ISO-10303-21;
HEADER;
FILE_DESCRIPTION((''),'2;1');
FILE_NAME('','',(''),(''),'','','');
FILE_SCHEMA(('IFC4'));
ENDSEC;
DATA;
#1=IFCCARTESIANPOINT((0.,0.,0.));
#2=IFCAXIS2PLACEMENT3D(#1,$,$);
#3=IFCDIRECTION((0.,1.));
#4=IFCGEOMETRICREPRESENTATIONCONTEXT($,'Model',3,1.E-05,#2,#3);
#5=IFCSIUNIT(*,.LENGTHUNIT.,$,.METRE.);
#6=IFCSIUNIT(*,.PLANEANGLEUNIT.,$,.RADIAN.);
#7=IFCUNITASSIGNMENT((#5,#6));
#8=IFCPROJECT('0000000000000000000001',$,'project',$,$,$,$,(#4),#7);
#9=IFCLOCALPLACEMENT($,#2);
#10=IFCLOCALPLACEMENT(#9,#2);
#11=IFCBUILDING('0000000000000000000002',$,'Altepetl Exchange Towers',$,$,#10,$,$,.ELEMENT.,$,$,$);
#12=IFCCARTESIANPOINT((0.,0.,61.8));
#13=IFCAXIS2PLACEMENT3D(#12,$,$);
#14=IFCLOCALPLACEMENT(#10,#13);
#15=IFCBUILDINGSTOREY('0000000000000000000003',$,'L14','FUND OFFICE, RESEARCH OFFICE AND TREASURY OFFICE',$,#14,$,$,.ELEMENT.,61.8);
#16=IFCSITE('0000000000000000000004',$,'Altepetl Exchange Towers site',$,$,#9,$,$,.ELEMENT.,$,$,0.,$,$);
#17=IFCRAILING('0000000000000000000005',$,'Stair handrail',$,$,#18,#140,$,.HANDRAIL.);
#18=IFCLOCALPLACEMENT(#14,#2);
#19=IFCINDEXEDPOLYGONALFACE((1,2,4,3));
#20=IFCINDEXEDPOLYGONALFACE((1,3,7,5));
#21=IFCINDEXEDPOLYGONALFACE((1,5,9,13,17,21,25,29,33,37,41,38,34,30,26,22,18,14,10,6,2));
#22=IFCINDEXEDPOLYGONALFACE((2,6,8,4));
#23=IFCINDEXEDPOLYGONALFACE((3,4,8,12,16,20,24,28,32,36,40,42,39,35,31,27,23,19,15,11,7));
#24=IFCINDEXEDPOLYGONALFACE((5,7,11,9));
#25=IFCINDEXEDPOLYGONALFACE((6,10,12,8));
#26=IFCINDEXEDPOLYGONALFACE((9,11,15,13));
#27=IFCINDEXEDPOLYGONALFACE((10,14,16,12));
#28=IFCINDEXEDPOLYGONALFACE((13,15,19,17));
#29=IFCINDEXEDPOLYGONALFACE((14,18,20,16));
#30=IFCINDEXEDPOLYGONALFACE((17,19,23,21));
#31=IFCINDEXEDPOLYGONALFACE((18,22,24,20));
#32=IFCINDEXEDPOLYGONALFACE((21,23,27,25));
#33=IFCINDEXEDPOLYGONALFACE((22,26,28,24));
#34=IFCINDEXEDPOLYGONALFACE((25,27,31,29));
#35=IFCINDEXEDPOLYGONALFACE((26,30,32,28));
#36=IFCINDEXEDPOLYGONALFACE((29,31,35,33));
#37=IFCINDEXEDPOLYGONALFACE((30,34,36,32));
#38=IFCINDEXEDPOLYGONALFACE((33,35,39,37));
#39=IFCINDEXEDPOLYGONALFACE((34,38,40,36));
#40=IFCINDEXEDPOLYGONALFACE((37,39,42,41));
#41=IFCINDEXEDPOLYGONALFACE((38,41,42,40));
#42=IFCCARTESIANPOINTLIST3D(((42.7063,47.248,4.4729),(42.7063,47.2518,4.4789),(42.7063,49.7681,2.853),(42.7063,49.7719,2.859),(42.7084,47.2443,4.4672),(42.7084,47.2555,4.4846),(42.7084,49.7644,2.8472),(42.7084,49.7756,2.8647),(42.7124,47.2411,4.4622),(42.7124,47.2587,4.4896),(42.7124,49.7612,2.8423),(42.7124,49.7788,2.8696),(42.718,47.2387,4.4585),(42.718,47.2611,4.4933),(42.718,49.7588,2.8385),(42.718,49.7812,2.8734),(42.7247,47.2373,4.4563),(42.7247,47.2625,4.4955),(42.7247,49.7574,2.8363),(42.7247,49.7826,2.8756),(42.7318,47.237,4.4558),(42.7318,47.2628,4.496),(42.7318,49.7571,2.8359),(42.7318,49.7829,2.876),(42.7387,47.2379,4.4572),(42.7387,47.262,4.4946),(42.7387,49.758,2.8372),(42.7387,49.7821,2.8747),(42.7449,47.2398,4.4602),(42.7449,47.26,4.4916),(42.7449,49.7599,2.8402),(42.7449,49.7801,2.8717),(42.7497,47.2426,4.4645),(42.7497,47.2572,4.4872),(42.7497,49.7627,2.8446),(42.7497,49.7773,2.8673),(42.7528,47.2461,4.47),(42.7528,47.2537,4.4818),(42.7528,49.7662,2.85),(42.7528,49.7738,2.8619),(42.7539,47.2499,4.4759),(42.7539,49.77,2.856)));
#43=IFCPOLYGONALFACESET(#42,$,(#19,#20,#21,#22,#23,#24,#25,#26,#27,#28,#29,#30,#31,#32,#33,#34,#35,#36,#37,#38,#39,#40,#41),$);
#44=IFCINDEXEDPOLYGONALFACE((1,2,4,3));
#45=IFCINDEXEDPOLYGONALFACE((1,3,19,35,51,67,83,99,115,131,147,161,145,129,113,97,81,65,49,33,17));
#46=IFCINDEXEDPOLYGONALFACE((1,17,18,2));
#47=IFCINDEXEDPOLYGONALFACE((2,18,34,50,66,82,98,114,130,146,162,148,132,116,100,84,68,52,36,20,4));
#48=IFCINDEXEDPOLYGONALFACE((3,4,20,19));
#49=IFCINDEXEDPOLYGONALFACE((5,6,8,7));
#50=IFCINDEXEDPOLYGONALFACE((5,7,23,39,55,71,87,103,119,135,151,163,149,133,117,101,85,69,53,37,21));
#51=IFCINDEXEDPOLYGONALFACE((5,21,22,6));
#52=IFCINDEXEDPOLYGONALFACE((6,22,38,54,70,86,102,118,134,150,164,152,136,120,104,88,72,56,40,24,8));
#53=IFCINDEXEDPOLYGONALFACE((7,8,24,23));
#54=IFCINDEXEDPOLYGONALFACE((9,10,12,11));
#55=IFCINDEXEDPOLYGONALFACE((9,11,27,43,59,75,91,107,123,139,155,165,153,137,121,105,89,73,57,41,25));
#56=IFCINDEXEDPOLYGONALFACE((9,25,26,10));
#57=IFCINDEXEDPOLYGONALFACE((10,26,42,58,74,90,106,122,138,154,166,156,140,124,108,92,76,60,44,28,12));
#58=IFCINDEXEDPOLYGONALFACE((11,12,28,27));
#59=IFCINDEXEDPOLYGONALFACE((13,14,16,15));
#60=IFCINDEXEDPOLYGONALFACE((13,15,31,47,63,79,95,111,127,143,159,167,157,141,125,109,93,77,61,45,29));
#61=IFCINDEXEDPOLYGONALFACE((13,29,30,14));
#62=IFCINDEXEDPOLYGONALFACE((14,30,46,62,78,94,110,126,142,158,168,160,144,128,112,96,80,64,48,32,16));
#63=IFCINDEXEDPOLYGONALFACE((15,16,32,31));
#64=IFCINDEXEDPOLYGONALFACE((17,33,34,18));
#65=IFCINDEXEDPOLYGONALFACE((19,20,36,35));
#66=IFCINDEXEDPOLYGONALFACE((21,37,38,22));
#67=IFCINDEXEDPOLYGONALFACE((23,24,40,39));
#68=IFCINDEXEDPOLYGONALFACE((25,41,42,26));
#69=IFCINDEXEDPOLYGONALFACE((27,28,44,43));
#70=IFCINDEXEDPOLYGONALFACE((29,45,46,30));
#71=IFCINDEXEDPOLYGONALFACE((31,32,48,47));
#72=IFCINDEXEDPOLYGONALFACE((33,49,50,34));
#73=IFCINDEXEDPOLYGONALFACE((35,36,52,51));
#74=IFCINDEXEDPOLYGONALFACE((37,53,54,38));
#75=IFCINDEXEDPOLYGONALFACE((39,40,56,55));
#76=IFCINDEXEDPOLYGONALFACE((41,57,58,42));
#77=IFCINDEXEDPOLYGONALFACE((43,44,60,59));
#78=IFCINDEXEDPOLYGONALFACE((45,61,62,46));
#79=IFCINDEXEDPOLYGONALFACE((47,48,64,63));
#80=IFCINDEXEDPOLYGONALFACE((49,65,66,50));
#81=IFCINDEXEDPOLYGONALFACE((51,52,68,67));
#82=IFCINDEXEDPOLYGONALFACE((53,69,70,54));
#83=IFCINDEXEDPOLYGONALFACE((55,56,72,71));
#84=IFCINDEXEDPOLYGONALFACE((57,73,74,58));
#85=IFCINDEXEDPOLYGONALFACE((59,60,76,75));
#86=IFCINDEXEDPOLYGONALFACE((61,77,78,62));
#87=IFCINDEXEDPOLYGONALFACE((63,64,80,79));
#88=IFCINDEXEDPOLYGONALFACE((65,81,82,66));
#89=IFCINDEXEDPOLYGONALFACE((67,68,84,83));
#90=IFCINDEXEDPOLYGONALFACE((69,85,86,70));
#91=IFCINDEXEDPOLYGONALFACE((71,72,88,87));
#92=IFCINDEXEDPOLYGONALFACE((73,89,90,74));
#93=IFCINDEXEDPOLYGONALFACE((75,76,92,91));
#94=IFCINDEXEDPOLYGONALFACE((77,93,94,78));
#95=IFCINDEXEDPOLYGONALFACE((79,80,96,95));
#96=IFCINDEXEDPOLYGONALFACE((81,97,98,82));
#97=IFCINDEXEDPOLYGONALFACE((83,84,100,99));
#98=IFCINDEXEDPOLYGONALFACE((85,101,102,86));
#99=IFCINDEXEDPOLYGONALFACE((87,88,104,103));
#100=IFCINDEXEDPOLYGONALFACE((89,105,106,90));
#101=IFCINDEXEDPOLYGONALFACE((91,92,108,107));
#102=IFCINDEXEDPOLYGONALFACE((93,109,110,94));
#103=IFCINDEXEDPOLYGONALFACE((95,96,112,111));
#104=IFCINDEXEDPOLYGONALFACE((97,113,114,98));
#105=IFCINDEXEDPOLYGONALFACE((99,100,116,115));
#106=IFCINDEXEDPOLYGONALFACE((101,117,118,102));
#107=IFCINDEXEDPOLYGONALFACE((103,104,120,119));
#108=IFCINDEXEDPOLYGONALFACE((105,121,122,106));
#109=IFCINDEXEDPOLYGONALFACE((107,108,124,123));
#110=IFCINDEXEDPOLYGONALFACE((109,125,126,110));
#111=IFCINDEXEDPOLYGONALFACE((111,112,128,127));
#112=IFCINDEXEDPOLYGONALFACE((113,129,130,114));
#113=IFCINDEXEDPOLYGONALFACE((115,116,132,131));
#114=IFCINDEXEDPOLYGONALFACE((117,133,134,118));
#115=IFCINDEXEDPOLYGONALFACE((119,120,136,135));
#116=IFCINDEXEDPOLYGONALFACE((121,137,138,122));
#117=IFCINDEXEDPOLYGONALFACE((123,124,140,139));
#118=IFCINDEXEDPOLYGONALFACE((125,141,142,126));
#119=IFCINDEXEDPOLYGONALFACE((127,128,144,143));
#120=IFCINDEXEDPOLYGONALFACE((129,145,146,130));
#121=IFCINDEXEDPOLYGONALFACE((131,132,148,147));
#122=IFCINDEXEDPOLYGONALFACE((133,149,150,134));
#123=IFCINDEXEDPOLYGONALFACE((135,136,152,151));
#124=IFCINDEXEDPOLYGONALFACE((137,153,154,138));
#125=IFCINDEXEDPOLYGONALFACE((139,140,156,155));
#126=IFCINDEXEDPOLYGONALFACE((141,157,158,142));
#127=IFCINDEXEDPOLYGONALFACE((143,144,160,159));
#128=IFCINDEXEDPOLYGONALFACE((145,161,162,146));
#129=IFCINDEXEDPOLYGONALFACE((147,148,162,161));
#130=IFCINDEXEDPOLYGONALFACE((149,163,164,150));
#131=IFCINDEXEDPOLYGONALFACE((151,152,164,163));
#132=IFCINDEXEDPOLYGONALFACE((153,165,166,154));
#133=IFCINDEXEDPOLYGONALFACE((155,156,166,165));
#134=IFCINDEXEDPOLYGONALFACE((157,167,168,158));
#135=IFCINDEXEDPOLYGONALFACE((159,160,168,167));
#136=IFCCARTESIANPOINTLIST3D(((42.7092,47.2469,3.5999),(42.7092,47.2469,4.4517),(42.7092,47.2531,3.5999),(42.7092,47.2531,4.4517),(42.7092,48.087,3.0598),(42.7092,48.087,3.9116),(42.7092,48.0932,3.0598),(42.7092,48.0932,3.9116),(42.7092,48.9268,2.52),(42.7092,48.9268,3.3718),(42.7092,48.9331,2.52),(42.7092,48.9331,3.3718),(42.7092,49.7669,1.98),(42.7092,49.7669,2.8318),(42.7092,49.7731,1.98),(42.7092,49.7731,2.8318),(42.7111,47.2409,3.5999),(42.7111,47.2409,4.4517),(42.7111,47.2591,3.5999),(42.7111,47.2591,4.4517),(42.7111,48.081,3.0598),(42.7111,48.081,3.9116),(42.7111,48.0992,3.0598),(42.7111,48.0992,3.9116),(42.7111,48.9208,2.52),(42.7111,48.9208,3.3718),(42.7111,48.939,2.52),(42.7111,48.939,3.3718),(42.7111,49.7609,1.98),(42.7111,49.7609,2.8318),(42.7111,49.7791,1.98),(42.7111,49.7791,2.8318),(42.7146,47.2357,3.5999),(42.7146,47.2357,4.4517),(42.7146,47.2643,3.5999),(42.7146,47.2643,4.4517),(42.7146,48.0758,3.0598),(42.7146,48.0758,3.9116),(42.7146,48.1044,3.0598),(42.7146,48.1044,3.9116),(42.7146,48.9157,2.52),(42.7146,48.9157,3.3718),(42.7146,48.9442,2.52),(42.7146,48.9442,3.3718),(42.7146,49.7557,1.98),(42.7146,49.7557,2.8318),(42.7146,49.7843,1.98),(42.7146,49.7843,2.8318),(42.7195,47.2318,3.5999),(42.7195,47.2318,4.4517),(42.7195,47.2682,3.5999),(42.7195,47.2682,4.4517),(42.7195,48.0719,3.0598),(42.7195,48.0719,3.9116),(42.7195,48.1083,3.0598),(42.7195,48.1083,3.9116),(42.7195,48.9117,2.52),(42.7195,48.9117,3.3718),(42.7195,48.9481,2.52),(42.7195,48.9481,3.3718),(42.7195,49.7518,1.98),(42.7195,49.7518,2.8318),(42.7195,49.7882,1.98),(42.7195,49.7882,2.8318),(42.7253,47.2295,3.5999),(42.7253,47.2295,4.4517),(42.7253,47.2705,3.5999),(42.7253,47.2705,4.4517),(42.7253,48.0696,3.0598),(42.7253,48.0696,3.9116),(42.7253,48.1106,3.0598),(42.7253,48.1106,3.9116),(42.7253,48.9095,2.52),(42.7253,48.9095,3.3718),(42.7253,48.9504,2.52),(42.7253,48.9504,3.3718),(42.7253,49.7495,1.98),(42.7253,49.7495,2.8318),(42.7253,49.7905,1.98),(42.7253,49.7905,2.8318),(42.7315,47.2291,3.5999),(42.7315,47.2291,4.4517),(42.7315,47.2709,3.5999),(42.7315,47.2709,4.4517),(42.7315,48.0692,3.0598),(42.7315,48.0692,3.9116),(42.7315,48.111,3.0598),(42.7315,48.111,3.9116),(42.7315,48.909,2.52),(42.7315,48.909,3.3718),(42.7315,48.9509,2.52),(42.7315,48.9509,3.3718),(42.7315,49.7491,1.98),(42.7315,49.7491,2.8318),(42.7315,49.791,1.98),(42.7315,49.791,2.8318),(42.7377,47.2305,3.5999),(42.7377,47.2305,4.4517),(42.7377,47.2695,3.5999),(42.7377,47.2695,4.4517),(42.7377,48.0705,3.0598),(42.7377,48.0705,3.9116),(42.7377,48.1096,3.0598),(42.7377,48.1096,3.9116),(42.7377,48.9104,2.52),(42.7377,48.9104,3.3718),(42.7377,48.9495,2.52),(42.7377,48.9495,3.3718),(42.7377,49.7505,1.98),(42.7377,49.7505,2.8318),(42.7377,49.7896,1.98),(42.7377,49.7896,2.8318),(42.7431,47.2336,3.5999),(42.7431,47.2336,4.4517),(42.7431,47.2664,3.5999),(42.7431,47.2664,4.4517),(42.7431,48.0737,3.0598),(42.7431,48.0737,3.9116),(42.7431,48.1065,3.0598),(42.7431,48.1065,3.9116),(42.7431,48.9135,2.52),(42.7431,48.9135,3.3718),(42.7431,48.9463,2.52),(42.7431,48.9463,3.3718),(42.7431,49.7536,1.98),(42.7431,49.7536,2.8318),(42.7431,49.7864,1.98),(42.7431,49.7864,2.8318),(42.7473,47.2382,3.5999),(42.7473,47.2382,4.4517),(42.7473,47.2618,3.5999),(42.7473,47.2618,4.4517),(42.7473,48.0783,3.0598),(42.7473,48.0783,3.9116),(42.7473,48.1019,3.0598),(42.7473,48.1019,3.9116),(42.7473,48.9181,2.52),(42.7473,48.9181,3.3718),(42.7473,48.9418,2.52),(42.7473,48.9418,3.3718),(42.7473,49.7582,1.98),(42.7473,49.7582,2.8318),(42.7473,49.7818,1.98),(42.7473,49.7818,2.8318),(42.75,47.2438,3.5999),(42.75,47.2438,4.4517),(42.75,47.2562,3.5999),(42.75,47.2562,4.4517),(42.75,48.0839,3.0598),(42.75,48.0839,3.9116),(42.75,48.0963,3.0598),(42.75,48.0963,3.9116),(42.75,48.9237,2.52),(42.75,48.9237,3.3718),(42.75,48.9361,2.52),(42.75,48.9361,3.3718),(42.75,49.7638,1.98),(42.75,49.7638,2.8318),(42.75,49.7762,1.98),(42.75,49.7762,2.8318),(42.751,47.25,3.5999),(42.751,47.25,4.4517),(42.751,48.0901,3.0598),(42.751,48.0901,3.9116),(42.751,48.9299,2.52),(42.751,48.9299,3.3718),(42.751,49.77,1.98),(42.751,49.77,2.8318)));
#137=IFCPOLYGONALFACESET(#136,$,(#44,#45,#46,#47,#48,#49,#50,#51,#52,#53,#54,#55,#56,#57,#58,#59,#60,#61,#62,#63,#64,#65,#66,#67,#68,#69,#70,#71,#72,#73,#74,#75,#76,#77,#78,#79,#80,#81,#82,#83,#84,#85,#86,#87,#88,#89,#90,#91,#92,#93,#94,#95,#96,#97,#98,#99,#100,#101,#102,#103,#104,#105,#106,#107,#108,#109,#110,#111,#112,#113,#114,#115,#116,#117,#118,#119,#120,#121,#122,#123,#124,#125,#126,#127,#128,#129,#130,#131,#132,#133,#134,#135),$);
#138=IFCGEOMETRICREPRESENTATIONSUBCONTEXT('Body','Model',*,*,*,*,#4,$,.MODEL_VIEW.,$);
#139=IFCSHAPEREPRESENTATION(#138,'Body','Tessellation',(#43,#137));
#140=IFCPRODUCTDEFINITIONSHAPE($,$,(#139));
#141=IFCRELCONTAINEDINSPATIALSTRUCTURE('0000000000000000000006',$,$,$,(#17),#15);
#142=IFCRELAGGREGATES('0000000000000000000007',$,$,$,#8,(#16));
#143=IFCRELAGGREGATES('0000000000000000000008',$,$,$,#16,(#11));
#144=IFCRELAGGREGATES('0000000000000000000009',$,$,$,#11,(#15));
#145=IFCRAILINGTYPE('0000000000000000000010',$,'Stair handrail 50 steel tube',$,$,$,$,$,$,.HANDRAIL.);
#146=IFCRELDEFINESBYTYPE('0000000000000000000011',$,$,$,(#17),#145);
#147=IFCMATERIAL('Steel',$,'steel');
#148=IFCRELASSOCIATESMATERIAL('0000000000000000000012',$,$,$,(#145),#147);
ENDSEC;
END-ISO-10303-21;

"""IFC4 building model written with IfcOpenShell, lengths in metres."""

from ifc_helpers import new_model, si_unit, direction, frame, origin, origin_2d, place, context, subcontext, project, spatial, circle, extrude, source, transform, mapped, material, type_object, element, save


model = new_model("IFC4")

# Units and contexts
model_context = context("Model", 3, precision=1e-05, world=origin(), true_north=direction((0.0, 1.0)))
body_context = subcontext(model_context, "Body", "Model", "MODEL_VIEW")
ifc_project = project(units=[si_unit("LENGTHUNIT", "METRE"), si_unit("PLANEANGLEUNIT", "RADIAN")], contexts=[model_context])

# Site, building, storey
site_placement = place(None, origin())
site = spatial("IfcSite", under=ifc_project, at=site_placement, Name="Altepetl Exchange Towers site", CompositionType="ELEMENT", RefElevation=0.0)
building_placement = place(site_placement, origin())
building = spatial("IfcBuilding", under=site, at=building_placement, Name="Altepetl Exchange Towers", CompositionType="ELEMENT")
storey_placement = place(building_placement, frame((0.0, 0.0, 61.8)))
storey = spatial("IfcBuildingStorey", under=building, at=storey_placement, Name="L14", Description="FUND OFFICE, RESEARCH OFFICE AND TREASURY OFFICE", CompositionType="ELEMENT", Elevation=61.8)

# Railing
ifc_material_1 = material(Name="Steel", Category="steel")
railing_type = type_object("IfcRailingType", Name="Stair handrail 50 steel tube", PredefinedType="HANDRAIL", material=ifc_material_1)
shared_shape = source(origin(), body_context, "Body", "SweptSolid", [
    extrude(circle(Radius=0.021, at=origin_2d()), origin(), (0.0, 0.0, 1.0), 0.8518),
])
railing_placement = place(storey_placement, frame((42.73, 49.77, 1.98)))
element("IfcRailing", 1, at=railing_placement, inside=storey, type_object=railing_type, Name="Stair handrail", PredefinedType="HANDRAIL", context=body_context, shape_type="SweptSolid", body=[
    extrude(circle(Radius=0.0239, at=origin_2d()), frame((0.0, 0.0, 0.876), z_axis=(0.0, -0.8412, 0.540725), x_axis=(1.0, 0.0, 0.0)), (0.0, 0.0, 1.0), 2.9958),
    mapped(shared_shape, transform((0.0, 0.0, 0.0))),
    mapped(shared_shape, transform((0.0, -0.8401, 0.54))),
    mapped(shared_shape, transform((0.0, -1.6799, 1.0798))),
    mapped(shared_shape, transform((0.0, -2.52, 1.6199))),
])

save(model, "model.ifc")
